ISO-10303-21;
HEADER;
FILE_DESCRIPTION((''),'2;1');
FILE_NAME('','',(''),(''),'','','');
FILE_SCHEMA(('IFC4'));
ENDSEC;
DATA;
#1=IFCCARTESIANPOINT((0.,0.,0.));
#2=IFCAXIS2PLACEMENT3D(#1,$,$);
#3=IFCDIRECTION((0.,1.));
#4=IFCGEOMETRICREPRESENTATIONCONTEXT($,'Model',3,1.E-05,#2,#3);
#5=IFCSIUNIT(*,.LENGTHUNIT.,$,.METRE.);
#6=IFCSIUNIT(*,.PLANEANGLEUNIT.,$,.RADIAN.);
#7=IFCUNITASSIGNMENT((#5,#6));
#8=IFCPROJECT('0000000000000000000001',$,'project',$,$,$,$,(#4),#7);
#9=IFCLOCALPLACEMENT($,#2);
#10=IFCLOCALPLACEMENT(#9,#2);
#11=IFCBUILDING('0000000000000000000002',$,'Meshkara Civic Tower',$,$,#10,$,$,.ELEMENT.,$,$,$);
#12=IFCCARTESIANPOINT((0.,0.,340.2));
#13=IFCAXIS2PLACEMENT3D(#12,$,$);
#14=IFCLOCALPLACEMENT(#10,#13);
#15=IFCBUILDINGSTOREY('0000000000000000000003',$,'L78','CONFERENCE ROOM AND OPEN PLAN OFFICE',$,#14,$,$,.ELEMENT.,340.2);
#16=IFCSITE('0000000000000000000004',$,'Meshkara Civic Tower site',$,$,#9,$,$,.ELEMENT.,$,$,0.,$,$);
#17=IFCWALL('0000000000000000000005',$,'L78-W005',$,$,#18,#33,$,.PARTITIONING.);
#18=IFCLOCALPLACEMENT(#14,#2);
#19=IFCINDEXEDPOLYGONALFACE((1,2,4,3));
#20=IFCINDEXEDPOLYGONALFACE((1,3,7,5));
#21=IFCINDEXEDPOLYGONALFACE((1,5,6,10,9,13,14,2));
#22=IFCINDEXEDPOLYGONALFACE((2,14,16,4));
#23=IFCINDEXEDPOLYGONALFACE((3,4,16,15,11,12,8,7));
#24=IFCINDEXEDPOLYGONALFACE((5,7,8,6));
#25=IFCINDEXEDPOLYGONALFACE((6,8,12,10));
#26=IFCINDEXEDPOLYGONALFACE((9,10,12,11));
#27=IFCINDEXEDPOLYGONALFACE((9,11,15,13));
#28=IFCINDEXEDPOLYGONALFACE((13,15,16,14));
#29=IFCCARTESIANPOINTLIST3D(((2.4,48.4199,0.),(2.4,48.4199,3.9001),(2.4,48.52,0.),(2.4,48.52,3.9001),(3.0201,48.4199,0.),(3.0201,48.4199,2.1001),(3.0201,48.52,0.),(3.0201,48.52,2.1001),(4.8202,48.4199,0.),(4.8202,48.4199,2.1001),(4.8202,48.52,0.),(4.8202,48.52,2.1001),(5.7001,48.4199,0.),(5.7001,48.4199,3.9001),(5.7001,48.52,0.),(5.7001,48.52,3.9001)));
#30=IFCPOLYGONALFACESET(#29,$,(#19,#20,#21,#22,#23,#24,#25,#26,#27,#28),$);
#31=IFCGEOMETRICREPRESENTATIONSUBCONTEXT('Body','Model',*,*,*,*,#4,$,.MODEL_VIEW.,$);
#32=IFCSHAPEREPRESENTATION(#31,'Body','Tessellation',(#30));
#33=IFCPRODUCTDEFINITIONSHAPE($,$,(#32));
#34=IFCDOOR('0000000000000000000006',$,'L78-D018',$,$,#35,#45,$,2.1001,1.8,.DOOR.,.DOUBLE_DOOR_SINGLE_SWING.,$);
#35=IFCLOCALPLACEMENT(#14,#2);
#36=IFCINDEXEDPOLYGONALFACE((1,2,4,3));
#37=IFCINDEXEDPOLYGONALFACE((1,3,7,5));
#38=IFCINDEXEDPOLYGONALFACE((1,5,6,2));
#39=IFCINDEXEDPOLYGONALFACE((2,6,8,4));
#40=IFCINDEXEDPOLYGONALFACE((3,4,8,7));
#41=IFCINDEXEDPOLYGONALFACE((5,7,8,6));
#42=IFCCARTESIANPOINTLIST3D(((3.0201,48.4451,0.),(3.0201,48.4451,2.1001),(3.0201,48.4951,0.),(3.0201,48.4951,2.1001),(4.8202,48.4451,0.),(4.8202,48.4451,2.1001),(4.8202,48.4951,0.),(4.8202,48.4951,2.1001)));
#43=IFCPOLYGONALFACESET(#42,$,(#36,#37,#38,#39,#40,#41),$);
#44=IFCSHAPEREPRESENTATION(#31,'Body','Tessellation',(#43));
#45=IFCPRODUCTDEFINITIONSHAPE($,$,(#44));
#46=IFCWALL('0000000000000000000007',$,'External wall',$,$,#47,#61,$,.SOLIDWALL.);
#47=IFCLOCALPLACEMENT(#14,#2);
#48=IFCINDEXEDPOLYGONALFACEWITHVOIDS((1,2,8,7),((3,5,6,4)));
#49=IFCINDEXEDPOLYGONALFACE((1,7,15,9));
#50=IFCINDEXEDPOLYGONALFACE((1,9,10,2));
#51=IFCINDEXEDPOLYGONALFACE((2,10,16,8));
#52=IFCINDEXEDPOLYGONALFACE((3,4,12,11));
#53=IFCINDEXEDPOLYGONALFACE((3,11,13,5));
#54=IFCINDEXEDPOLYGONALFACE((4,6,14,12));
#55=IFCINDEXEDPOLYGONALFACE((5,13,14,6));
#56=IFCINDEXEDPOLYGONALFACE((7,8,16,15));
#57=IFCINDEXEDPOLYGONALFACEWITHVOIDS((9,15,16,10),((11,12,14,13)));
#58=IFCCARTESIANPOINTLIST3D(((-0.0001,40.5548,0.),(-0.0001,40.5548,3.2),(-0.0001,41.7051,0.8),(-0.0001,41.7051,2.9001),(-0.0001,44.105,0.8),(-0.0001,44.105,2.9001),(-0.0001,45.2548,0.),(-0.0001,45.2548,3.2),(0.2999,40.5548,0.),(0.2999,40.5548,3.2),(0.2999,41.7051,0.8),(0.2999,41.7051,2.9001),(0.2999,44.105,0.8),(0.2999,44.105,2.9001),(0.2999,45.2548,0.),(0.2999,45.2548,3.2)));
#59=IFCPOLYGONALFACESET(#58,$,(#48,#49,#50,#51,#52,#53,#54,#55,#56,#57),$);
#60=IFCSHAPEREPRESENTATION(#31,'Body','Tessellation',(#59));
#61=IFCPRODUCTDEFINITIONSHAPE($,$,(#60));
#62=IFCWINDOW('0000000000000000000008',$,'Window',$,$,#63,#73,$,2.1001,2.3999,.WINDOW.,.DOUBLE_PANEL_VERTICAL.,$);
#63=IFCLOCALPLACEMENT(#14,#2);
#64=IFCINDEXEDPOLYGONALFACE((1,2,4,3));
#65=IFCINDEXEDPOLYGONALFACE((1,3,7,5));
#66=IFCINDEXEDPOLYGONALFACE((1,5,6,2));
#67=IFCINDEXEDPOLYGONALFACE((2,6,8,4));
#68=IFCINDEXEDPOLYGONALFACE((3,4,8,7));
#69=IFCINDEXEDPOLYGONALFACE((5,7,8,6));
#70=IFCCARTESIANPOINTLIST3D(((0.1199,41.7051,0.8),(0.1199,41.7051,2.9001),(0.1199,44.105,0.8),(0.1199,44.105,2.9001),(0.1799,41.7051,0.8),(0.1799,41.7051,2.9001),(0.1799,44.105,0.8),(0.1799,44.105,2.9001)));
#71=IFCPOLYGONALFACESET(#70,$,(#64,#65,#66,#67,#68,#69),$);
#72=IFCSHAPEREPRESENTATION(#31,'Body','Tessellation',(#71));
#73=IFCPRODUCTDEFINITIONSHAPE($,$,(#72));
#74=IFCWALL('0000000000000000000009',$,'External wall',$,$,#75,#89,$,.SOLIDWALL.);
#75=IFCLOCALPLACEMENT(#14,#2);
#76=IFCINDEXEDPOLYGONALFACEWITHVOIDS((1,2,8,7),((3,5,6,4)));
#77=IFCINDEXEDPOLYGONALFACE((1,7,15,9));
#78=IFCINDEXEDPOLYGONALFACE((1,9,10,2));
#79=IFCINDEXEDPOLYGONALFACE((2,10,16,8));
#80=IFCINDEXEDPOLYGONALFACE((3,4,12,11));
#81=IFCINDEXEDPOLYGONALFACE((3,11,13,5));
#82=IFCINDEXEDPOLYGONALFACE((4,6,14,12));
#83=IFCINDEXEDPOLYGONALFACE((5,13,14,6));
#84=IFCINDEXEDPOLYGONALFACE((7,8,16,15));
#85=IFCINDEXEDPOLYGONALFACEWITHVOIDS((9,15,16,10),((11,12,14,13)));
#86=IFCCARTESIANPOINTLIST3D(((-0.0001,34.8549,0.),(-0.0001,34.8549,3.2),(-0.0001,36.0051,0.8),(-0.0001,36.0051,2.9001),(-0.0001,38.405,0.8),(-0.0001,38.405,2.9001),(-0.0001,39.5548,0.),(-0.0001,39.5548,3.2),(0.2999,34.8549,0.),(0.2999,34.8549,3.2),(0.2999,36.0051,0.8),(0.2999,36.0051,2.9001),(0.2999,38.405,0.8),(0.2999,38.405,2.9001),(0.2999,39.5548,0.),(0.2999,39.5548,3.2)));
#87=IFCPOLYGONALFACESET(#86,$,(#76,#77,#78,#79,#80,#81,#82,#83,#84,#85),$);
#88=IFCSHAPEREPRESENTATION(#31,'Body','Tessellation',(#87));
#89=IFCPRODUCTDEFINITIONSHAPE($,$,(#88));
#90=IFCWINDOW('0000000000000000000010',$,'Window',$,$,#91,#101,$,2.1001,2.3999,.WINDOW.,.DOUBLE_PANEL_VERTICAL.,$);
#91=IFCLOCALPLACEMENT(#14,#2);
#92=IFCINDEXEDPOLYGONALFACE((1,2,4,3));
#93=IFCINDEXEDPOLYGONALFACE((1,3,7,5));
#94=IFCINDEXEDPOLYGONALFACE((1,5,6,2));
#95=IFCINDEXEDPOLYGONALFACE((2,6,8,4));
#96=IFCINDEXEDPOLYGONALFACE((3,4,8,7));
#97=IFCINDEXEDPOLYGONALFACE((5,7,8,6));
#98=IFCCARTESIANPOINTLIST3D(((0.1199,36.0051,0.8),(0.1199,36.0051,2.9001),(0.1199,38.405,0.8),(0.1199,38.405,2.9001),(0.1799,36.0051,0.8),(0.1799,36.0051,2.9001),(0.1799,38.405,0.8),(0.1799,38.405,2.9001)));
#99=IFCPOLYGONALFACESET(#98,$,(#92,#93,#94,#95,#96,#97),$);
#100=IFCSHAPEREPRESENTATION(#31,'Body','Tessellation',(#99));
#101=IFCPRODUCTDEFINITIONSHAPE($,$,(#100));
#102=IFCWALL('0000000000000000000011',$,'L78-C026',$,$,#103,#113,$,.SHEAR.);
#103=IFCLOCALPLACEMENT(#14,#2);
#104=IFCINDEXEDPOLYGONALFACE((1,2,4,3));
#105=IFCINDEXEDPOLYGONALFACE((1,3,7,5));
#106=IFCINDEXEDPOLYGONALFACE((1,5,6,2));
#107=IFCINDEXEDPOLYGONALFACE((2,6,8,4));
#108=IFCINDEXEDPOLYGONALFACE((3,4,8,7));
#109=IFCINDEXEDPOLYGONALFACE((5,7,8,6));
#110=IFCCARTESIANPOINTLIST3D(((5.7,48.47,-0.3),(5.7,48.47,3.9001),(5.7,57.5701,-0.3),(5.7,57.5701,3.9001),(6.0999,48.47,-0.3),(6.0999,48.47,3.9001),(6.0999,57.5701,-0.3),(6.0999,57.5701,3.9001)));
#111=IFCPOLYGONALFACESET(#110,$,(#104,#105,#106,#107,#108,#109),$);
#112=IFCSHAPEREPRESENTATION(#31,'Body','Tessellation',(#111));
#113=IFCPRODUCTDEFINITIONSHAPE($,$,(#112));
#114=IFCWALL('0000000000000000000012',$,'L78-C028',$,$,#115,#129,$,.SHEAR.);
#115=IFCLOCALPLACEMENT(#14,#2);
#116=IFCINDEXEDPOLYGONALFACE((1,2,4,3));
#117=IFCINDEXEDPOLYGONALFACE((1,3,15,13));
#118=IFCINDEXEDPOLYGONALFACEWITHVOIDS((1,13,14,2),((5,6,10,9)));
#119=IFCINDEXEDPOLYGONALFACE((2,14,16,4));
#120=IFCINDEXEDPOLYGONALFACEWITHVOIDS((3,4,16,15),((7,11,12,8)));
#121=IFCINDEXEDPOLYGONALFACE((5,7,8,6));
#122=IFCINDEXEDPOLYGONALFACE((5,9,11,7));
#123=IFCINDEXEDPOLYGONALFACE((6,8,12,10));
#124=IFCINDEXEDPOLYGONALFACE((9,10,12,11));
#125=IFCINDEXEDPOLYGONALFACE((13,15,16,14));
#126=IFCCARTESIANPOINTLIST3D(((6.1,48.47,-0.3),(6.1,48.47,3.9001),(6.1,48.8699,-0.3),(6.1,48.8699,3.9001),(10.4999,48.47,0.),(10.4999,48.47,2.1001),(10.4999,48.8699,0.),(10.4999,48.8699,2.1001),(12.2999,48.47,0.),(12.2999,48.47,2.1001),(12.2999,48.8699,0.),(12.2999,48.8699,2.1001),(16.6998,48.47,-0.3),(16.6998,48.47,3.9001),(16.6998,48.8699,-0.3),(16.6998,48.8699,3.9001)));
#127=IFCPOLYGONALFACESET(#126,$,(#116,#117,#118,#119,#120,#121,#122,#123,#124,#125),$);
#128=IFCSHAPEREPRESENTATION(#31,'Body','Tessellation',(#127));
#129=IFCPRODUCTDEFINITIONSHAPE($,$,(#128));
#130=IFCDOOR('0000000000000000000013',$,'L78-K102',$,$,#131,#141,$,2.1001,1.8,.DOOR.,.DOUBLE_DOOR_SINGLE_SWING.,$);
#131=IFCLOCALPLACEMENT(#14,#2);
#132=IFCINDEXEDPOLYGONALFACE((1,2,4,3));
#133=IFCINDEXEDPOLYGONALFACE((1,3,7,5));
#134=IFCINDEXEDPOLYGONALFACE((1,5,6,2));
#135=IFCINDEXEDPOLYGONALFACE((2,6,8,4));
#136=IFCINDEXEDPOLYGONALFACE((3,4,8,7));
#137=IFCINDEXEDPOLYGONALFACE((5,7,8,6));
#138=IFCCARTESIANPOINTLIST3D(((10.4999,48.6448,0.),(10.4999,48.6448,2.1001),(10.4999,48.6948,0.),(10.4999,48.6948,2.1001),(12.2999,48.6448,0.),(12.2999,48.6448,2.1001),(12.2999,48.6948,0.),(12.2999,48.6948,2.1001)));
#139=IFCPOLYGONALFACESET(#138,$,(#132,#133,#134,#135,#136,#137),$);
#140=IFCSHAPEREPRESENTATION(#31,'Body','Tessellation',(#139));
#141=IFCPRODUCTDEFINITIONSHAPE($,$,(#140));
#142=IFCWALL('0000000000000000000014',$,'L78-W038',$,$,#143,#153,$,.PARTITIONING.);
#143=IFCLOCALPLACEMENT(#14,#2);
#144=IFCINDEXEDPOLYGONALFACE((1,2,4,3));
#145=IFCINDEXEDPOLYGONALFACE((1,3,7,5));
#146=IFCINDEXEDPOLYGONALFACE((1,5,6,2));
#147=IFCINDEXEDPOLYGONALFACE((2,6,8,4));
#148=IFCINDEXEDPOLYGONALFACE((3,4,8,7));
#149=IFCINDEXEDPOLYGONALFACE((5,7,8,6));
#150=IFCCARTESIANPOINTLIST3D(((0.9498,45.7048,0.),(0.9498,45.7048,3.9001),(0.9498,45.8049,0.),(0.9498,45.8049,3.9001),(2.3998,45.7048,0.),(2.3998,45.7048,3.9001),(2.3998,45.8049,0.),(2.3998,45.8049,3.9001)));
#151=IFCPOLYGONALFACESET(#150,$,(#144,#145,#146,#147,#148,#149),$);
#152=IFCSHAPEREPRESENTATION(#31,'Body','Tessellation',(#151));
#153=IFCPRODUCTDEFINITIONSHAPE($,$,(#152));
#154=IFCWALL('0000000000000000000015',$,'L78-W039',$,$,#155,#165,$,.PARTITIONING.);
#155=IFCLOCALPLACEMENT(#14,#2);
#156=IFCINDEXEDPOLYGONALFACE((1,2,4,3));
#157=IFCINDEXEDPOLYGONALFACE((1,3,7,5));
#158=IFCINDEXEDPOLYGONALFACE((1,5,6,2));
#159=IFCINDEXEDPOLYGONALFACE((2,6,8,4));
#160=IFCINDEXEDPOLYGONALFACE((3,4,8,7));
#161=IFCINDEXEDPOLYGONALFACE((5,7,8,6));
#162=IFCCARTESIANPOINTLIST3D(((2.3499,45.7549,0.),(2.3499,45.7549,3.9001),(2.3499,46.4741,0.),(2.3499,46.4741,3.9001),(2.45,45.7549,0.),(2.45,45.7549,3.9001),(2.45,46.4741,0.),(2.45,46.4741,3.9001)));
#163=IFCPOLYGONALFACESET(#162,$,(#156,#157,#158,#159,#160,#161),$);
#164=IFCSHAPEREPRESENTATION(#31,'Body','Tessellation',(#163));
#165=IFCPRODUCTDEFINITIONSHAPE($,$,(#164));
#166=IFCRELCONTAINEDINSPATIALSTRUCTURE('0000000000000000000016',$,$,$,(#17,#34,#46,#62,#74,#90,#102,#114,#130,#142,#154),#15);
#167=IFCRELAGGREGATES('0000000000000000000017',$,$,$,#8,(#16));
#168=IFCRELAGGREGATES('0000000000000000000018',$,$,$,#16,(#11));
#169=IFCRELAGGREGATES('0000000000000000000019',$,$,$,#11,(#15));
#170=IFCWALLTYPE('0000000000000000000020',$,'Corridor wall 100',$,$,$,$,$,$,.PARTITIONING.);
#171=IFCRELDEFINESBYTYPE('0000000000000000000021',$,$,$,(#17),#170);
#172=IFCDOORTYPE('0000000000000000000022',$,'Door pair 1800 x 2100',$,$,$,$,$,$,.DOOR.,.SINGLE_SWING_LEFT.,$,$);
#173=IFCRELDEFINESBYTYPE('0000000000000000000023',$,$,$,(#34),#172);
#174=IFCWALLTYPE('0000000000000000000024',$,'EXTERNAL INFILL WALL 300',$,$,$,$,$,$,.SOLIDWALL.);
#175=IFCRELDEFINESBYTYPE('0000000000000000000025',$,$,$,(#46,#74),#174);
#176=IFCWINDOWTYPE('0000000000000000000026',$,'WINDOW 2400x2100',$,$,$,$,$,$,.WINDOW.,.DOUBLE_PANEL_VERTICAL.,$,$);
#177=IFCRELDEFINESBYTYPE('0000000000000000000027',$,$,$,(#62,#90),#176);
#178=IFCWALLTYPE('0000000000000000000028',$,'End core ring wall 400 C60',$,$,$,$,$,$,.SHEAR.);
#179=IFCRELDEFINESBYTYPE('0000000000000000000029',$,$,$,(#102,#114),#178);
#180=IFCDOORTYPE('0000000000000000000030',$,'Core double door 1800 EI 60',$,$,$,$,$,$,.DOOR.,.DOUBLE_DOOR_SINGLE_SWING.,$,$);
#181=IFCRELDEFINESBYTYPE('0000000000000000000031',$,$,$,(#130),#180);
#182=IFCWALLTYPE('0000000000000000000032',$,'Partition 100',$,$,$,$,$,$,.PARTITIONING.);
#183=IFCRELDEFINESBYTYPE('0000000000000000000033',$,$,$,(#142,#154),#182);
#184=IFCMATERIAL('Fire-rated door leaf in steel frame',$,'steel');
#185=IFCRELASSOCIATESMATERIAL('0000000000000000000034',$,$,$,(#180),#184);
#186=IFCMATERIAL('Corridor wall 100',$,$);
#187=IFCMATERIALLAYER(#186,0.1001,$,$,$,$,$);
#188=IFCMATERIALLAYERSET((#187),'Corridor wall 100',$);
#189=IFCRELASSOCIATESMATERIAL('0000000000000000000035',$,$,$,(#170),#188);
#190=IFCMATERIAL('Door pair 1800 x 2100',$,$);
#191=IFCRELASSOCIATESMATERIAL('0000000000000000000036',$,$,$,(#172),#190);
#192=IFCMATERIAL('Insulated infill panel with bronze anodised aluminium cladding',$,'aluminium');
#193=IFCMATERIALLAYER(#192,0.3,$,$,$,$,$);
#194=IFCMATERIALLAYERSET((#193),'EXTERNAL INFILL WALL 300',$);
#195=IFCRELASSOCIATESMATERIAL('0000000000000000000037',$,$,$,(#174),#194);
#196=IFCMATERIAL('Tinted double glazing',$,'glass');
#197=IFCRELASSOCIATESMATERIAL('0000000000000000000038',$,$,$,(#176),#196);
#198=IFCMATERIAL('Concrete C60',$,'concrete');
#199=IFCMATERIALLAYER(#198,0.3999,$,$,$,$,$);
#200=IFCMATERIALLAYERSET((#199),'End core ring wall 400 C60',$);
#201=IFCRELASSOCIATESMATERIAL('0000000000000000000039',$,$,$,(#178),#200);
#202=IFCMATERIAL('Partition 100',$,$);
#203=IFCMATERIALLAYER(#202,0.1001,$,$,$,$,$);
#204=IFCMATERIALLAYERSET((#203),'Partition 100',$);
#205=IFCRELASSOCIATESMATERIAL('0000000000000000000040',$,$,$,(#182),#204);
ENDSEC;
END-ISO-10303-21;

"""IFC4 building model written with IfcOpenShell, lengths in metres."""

from ifc_helpers import new_model, si_unit, direction, frame, frame_2d, origin, place, context, subcontext, project, spatial, rectangle, extrude, material, layer, layer_set, type_object, element, fill, save


model = new_model("IFC4")

# Units and contexts
model_context = context("Model", 3, precision=1e-05, world=origin(), true_north=direction((0.0, 1.0)))
body_context = subcontext(model_context, "Body", "Model", "MODEL_VIEW")
ifc_project = project(units=[si_unit("LENGTHUNIT", "METRE"), si_unit("PLANEANGLEUNIT", "RADIAN")], contexts=[model_context])

# Site, building, storey
site_placement = place(None, origin())
site = spatial("IfcSite", under=ifc_project, at=site_placement, Name="Meshkara Civic Tower site", CompositionType="ELEMENT", RefElevation=0.0)
building_placement = place(site_placement, origin())
building = spatial("IfcBuilding", under=site, at=building_placement, Name="Meshkara Civic Tower", CompositionType="ELEMENT")
storey_placement = place(building_placement, frame((0.0, 0.0, 340.2)))
storey = spatial("IfcBuildingStorey", under=building, at=storey_placement, Name="L78", Description="CONFERENCE ROOM AND OPEN PLAN OFFICE", CompositionType="ELEMENT", Elevation=340.2)

# Shared definitions
ifc_material_1 = material(Name="Fire-rated door leaf in steel frame", Category="steel")
door_type_1 = type_object("IfcDoorType", Name="Core double door 1800 EI 60", OperationType="DOUBLE_DOOR_SINGLE_SWING", PredefinedType="DOOR", material=ifc_material_1)

# Shared definitions
ifc_material_2 = material(Name="Corridor wall 100")
ifc_layer_1 = layer(ifc_material_2, 0.1001)
ifc_layer_set_1 = layer_set([ifc_layer_1], Name="Corridor wall 100")
wall_type_1 = type_object("IfcWallType", Name="Corridor wall 100", PredefinedType="PARTITIONING", material=ifc_layer_set_1)

# Wall, opening, door
wall_1_placement = place(storey_placement, frame((5.7, 48.47, 0.0), z_axis=(0.0, 0.0, 1.0), x_axis=(-1.0, 0.0, 0.0)))
wall_1 = element("IfcWall", 1, at=wall_1_placement, inside=storey, type_object=wall_type_1, Name="L78-W005", PredefinedType="PARTITIONING", context=body_context, shape_type="SweptSolid", body=[
    extrude(rectangle(XDim=3.3, YDim=0.1001, at=frame_2d((1.6499, 0.0))), origin(), (0.0, 0.0, 1.0), 3.9001),
])
opening_1_placement = place(wall_1_placement, frame((0.8799, 0.0, 0.0)))
opening_1 = element("IfcOpeningElement", 2, at=opening_1_placement, cuts=wall_1, PredefinedType="OPENING", context=body_context, shape_type="SweptSolid", body=[
    extrude(rectangle(XDim=1.8, YDim=2.1001, at=frame_2d((0.8999, 1.05))), frame((0.0, 0.0601, 0.0), z_axis=(0.0, -1.0, 0.0), x_axis=(1.0, 0.0, 0.0)), (0.0, 0.0, 1.0), 0.1201),
])
ifc_material_3 = material(Name="Door pair 1800 x 2100")
door_type_2 = type_object("IfcDoorType", Name="Door pair 1800 x 2100", OperationType="SINGLE_SWING_LEFT", PredefinedType="DOOR", material=ifc_material_3)
door_1_placement = place(opening_1_placement, origin())
door_1 = element("IfcDoor", 3, at=door_1_placement, inside=storey, type_object=door_type_2, Name="L78-D018", OperationType="DOUBLE_DOOR_SINGLE_SWING", OverallHeight=2.1001, OverallWidth=1.8, PredefinedType="DOOR", context=body_context, shape_type="SweptSolid", body=[
    extrude(rectangle(XDim=1.8, YDim=2.1001, at=frame_2d((0.8999, 1.05))), frame((0.0, 0.0249, 0.0), z_axis=(0.0, -1.0, 0.0), x_axis=(1.0, 0.0, 0.0)), (0.0, 0.0, 1.0), 0.05),
])
fill(opening_1, door_1)

# Walls, openings, windows
ifc_material_4 = material(Name="Insulated infill panel with bronze anodised aluminium cladding", Category="aluminium")
ifc_layer_2 = layer(ifc_material_4, 0.3)
ifc_layer_set_2 = layer_set([ifc_layer_2], Name="EXTERNAL INFILL WALL 300")
wall_type_2 = type_object("IfcWallType", Name="EXTERNAL INFILL WALL 300", PredefinedType="SOLIDWALL", material=ifc_layer_set_2)
wall_2_placement = place(storey_placement, frame((0.1499, 45.2549, 0.0), z_axis=(0.0, 0.0, 1.0), x_axis=(0.0, -1.0, 0.0)))
wall_2 = element("IfcWall", 4, at=wall_2_placement, inside=storey, type_object=wall_type_2, Name="External wall", PredefinedType="SOLIDWALL", context=body_context, shape_type="SweptSolid", body=[
    extrude(rectangle(XDim=4.7, YDim=0.3, at=frame_2d((2.3501, 0.0))), origin(), (0.0, 0.0, 1.0), 3.2),
])
opening_2_placement = place(wall_2_placement, frame((1.1499, 0.0, 0.8)))
opening_2 = element("IfcOpeningElement", 5, at=opening_2_placement, cuts=wall_2, PredefinedType="OPENING", context=body_context, shape_type="SweptSolid", body=[
    extrude(rectangle(XDim=2.3999, YDim=2.1001, at=frame_2d((1.2, 1.05))), frame((0.0, 0.1599, 0.0), z_axis=(0.0, -1.0, 0.0), x_axis=(1.0, 0.0, 0.0)), (0.0, 0.0, 1.0), 0.3201),
])
ifc_material_5 = material(Name="Tinted double glazing", Category="glass")
window_type = type_object("IfcWindowType", Name="WINDOW 2400x2100", PartitioningType="DOUBLE_PANEL_VERTICAL", PredefinedType="WINDOW", material=ifc_material_5)
window_1_placement = place(opening_2_placement, origin())
window_1 = element("IfcWindow", 6, at=window_1_placement, inside=storey, type_object=window_type, Name="Window", OverallHeight=2.1001, OverallWidth=2.3999, PartitioningType="DOUBLE_PANEL_VERTICAL", PredefinedType="WINDOW", context=body_context, shape_type="SweptSolid", body=[
    extrude(rectangle(XDim=2.3999, YDim=2.1001, at=frame_2d((1.2, 1.05))), frame((0.0, 0.03, 0.0), z_axis=(0.0, -1.0, 0.0), x_axis=(1.0, 0.0, 0.0)), (0.0, 0.0, 1.0), 0.0601),
])
fill(opening_2, window_1)
wall_3_placement = place(storey_placement, frame((0.1499, 39.5549, 0.0), z_axis=(0.0, 0.0, 1.0), x_axis=(0.0, -1.0, 0.0)))
wall_3 = element("IfcWall", 7, at=wall_3_placement, inside=storey, type_object=wall_type_2, Name="External wall", PredefinedType="SOLIDWALL", context=body_context, shape_type="SweptSolid", body=[
    extrude(rectangle(XDim=4.7, YDim=0.3, at=frame_2d((2.3501, 0.0))), origin(), (0.0, 0.0, 1.0), 3.2),
])
opening_3_placement = place(wall_3_placement, frame((1.1499, 0.0, 0.8)))
opening_3 = element("IfcOpeningElement", 8, at=opening_3_placement, cuts=wall_3, PredefinedType="OPENING", context=body_context, shape_type="SweptSolid", body=[
    extrude(rectangle(XDim=2.3999, YDim=2.1001, at=frame_2d((1.2, 1.05))), frame((0.0, 0.1599, 0.0), z_axis=(0.0, -1.0, 0.0), x_axis=(1.0, 0.0, 0.0)), (0.0, 0.0, 1.0), 0.3201),
])
window_2_placement = place(opening_3_placement, origin())
window_2 = element("IfcWindow", 9, at=window_2_placement, inside=storey, type_object=window_type, Name="Window", OverallHeight=2.1001, OverallWidth=2.3999, PartitioningType="DOUBLE_PANEL_VERTICAL", PredefinedType="WINDOW", context=body_context, shape_type="SweptSolid", body=[
    extrude(rectangle(XDim=2.3999, YDim=2.1001, at=frame_2d((1.2, 1.05))), frame((0.0, 0.03, 0.0), z_axis=(0.0, -1.0, 0.0), x_axis=(1.0, 0.0, 0.0)), (0.0, 0.0, 1.0), 0.0601),
])
fill(opening_3, window_2)

# Wall
ifc_material_6 = material(Name="Concrete C60", Category="concrete")
ifc_layer_3 = layer(ifc_material_6, 0.3999)
ifc_layer_set_3 = layer_set([ifc_layer_3], Name="End core ring wall 400 C60")
wall_type_3 = type_object("IfcWallType", Name="End core ring wall 400 C60", PredefinedType="SHEAR", material=ifc_layer_set_3)
wall_4_placement = place(storey_placement, frame((5.8999, 48.47, -0.3), z_axis=(0.0, 0.0, 1.0), x_axis=(0.0, 1.0, 0.0)))
element("IfcWall", 10, at=wall_4_placement, inside=storey, type_object=wall_type_3, Name="L78-C026", PredefinedType="SHEAR", context=body_context, shape_type="SweptSolid", body=[
    extrude(rectangle(XDim=9.1001, YDim=0.3999, at=frame_2d((4.55, 0.0))), origin(), (0.0, 0.0, 1.0), 4.2002),
])

# Wall, opening, door
wall_5_placement = place(storey_placement, frame((6.1001, 48.6699, -0.3), z_axis=(0.0, 0.0, 1.0), x_axis=(1.0, 0.0, 0.0)))
wall_5 = element("IfcWall", 11, at=wall_5_placement, inside=storey, type_object=wall_type_3, Name="L78-C028", PredefinedType="SHEAR", context=body_context, shape_type="SweptSolid", body=[
    extrude(rectangle(XDim=10.5999, YDim=0.3999, at=frame_2d((5.2998, 0.0))), origin(), (0.0, 0.0, 1.0), 4.2002),
])
opening_4_placement = place(wall_5_placement, frame((4.3999, 0.0, 0.3)))
opening_4 = element("IfcOpeningElement", 12, at=opening_4_placement, cuts=wall_5, PredefinedType="OPENING", context=body_context, shape_type="SweptSolid", body=[
    extrude(rectangle(XDim=1.8, YDim=2.1001, at=frame_2d((0.8999, 1.05))), frame((0.0, 0.21, 0.0), z_axis=(0.0, -1.0, 0.0), x_axis=(1.0, 0.0, 0.0)), (0.0, 0.0, 1.0), 0.4199),
])
door_2_placement = place(opening_4_placement, origin())
door_2 = element("IfcDoor", 13, at=door_2_placement, inside=storey, type_object=door_type_1, Name="L78-K102", OperationType="DOUBLE_DOOR_SINGLE_SWING", OverallHeight=2.1001, OverallWidth=1.8, PredefinedType="DOOR", context=body_context, shape_type="SweptSolid", body=[
    extrude(rectangle(XDim=1.8, YDim=2.1001, at=frame_2d((0.8999, 1.05))), frame((0.0, 0.0249, 0.0), z_axis=(0.0, -1.0, 0.0), x_axis=(1.0, 0.0, 0.0)), (0.0, 0.0, 1.0), 0.05),
])
fill(opening_4, door_2)

# Walls
ifc_material_7 = material(Name="Partition 100")
ifc_layer_4 = layer(ifc_material_7, 0.1001)
ifc_layer_set_4 = layer_set([ifc_layer_4], Name="Partition 100")
wall_type_4 = type_object("IfcWallType", Name="Partition 100", PredefinedType="PARTITIONING", material=ifc_layer_set_4)
wall_6_placement = place(storey_placement, frame((2.3999, 45.7549, 0.0), z_axis=(0.0, 0.0, 1.0), x_axis=(-1.0, 0.0, 0.0)))
element("IfcWall", 14, at=wall_6_placement, inside=storey, type_object=wall_type_4, Name="L78-W038", PredefinedType="PARTITIONING", context=body_context, shape_type="SweptSolid", body=[
    extrude(rectangle(XDim=1.45, YDim=0.1001, at=frame_2d((0.7251, 0.0))), origin(), (0.0, 0.0, 1.0), 3.9001),
])
wall_7_placement = place(storey_placement, frame((2.3999, 46.4741, 0.0), z_axis=(0.0, 0.0, 1.0), x_axis=(0.0, -1.0, 0.0)))
element("IfcWall", 15, at=wall_7_placement, inside=storey, type_object=wall_type_4, Name="L78-W039", PredefinedType="PARTITIONING", context=body_context, shape_type="SweptSolid", body=[
    extrude(rectangle(XDim=0.7192, YDim=0.1001, at=frame_2d((0.3596, 0.0))), origin(), (0.0, 0.0, 1.0), 3.9001),
])

save(model, "model.ifc")
